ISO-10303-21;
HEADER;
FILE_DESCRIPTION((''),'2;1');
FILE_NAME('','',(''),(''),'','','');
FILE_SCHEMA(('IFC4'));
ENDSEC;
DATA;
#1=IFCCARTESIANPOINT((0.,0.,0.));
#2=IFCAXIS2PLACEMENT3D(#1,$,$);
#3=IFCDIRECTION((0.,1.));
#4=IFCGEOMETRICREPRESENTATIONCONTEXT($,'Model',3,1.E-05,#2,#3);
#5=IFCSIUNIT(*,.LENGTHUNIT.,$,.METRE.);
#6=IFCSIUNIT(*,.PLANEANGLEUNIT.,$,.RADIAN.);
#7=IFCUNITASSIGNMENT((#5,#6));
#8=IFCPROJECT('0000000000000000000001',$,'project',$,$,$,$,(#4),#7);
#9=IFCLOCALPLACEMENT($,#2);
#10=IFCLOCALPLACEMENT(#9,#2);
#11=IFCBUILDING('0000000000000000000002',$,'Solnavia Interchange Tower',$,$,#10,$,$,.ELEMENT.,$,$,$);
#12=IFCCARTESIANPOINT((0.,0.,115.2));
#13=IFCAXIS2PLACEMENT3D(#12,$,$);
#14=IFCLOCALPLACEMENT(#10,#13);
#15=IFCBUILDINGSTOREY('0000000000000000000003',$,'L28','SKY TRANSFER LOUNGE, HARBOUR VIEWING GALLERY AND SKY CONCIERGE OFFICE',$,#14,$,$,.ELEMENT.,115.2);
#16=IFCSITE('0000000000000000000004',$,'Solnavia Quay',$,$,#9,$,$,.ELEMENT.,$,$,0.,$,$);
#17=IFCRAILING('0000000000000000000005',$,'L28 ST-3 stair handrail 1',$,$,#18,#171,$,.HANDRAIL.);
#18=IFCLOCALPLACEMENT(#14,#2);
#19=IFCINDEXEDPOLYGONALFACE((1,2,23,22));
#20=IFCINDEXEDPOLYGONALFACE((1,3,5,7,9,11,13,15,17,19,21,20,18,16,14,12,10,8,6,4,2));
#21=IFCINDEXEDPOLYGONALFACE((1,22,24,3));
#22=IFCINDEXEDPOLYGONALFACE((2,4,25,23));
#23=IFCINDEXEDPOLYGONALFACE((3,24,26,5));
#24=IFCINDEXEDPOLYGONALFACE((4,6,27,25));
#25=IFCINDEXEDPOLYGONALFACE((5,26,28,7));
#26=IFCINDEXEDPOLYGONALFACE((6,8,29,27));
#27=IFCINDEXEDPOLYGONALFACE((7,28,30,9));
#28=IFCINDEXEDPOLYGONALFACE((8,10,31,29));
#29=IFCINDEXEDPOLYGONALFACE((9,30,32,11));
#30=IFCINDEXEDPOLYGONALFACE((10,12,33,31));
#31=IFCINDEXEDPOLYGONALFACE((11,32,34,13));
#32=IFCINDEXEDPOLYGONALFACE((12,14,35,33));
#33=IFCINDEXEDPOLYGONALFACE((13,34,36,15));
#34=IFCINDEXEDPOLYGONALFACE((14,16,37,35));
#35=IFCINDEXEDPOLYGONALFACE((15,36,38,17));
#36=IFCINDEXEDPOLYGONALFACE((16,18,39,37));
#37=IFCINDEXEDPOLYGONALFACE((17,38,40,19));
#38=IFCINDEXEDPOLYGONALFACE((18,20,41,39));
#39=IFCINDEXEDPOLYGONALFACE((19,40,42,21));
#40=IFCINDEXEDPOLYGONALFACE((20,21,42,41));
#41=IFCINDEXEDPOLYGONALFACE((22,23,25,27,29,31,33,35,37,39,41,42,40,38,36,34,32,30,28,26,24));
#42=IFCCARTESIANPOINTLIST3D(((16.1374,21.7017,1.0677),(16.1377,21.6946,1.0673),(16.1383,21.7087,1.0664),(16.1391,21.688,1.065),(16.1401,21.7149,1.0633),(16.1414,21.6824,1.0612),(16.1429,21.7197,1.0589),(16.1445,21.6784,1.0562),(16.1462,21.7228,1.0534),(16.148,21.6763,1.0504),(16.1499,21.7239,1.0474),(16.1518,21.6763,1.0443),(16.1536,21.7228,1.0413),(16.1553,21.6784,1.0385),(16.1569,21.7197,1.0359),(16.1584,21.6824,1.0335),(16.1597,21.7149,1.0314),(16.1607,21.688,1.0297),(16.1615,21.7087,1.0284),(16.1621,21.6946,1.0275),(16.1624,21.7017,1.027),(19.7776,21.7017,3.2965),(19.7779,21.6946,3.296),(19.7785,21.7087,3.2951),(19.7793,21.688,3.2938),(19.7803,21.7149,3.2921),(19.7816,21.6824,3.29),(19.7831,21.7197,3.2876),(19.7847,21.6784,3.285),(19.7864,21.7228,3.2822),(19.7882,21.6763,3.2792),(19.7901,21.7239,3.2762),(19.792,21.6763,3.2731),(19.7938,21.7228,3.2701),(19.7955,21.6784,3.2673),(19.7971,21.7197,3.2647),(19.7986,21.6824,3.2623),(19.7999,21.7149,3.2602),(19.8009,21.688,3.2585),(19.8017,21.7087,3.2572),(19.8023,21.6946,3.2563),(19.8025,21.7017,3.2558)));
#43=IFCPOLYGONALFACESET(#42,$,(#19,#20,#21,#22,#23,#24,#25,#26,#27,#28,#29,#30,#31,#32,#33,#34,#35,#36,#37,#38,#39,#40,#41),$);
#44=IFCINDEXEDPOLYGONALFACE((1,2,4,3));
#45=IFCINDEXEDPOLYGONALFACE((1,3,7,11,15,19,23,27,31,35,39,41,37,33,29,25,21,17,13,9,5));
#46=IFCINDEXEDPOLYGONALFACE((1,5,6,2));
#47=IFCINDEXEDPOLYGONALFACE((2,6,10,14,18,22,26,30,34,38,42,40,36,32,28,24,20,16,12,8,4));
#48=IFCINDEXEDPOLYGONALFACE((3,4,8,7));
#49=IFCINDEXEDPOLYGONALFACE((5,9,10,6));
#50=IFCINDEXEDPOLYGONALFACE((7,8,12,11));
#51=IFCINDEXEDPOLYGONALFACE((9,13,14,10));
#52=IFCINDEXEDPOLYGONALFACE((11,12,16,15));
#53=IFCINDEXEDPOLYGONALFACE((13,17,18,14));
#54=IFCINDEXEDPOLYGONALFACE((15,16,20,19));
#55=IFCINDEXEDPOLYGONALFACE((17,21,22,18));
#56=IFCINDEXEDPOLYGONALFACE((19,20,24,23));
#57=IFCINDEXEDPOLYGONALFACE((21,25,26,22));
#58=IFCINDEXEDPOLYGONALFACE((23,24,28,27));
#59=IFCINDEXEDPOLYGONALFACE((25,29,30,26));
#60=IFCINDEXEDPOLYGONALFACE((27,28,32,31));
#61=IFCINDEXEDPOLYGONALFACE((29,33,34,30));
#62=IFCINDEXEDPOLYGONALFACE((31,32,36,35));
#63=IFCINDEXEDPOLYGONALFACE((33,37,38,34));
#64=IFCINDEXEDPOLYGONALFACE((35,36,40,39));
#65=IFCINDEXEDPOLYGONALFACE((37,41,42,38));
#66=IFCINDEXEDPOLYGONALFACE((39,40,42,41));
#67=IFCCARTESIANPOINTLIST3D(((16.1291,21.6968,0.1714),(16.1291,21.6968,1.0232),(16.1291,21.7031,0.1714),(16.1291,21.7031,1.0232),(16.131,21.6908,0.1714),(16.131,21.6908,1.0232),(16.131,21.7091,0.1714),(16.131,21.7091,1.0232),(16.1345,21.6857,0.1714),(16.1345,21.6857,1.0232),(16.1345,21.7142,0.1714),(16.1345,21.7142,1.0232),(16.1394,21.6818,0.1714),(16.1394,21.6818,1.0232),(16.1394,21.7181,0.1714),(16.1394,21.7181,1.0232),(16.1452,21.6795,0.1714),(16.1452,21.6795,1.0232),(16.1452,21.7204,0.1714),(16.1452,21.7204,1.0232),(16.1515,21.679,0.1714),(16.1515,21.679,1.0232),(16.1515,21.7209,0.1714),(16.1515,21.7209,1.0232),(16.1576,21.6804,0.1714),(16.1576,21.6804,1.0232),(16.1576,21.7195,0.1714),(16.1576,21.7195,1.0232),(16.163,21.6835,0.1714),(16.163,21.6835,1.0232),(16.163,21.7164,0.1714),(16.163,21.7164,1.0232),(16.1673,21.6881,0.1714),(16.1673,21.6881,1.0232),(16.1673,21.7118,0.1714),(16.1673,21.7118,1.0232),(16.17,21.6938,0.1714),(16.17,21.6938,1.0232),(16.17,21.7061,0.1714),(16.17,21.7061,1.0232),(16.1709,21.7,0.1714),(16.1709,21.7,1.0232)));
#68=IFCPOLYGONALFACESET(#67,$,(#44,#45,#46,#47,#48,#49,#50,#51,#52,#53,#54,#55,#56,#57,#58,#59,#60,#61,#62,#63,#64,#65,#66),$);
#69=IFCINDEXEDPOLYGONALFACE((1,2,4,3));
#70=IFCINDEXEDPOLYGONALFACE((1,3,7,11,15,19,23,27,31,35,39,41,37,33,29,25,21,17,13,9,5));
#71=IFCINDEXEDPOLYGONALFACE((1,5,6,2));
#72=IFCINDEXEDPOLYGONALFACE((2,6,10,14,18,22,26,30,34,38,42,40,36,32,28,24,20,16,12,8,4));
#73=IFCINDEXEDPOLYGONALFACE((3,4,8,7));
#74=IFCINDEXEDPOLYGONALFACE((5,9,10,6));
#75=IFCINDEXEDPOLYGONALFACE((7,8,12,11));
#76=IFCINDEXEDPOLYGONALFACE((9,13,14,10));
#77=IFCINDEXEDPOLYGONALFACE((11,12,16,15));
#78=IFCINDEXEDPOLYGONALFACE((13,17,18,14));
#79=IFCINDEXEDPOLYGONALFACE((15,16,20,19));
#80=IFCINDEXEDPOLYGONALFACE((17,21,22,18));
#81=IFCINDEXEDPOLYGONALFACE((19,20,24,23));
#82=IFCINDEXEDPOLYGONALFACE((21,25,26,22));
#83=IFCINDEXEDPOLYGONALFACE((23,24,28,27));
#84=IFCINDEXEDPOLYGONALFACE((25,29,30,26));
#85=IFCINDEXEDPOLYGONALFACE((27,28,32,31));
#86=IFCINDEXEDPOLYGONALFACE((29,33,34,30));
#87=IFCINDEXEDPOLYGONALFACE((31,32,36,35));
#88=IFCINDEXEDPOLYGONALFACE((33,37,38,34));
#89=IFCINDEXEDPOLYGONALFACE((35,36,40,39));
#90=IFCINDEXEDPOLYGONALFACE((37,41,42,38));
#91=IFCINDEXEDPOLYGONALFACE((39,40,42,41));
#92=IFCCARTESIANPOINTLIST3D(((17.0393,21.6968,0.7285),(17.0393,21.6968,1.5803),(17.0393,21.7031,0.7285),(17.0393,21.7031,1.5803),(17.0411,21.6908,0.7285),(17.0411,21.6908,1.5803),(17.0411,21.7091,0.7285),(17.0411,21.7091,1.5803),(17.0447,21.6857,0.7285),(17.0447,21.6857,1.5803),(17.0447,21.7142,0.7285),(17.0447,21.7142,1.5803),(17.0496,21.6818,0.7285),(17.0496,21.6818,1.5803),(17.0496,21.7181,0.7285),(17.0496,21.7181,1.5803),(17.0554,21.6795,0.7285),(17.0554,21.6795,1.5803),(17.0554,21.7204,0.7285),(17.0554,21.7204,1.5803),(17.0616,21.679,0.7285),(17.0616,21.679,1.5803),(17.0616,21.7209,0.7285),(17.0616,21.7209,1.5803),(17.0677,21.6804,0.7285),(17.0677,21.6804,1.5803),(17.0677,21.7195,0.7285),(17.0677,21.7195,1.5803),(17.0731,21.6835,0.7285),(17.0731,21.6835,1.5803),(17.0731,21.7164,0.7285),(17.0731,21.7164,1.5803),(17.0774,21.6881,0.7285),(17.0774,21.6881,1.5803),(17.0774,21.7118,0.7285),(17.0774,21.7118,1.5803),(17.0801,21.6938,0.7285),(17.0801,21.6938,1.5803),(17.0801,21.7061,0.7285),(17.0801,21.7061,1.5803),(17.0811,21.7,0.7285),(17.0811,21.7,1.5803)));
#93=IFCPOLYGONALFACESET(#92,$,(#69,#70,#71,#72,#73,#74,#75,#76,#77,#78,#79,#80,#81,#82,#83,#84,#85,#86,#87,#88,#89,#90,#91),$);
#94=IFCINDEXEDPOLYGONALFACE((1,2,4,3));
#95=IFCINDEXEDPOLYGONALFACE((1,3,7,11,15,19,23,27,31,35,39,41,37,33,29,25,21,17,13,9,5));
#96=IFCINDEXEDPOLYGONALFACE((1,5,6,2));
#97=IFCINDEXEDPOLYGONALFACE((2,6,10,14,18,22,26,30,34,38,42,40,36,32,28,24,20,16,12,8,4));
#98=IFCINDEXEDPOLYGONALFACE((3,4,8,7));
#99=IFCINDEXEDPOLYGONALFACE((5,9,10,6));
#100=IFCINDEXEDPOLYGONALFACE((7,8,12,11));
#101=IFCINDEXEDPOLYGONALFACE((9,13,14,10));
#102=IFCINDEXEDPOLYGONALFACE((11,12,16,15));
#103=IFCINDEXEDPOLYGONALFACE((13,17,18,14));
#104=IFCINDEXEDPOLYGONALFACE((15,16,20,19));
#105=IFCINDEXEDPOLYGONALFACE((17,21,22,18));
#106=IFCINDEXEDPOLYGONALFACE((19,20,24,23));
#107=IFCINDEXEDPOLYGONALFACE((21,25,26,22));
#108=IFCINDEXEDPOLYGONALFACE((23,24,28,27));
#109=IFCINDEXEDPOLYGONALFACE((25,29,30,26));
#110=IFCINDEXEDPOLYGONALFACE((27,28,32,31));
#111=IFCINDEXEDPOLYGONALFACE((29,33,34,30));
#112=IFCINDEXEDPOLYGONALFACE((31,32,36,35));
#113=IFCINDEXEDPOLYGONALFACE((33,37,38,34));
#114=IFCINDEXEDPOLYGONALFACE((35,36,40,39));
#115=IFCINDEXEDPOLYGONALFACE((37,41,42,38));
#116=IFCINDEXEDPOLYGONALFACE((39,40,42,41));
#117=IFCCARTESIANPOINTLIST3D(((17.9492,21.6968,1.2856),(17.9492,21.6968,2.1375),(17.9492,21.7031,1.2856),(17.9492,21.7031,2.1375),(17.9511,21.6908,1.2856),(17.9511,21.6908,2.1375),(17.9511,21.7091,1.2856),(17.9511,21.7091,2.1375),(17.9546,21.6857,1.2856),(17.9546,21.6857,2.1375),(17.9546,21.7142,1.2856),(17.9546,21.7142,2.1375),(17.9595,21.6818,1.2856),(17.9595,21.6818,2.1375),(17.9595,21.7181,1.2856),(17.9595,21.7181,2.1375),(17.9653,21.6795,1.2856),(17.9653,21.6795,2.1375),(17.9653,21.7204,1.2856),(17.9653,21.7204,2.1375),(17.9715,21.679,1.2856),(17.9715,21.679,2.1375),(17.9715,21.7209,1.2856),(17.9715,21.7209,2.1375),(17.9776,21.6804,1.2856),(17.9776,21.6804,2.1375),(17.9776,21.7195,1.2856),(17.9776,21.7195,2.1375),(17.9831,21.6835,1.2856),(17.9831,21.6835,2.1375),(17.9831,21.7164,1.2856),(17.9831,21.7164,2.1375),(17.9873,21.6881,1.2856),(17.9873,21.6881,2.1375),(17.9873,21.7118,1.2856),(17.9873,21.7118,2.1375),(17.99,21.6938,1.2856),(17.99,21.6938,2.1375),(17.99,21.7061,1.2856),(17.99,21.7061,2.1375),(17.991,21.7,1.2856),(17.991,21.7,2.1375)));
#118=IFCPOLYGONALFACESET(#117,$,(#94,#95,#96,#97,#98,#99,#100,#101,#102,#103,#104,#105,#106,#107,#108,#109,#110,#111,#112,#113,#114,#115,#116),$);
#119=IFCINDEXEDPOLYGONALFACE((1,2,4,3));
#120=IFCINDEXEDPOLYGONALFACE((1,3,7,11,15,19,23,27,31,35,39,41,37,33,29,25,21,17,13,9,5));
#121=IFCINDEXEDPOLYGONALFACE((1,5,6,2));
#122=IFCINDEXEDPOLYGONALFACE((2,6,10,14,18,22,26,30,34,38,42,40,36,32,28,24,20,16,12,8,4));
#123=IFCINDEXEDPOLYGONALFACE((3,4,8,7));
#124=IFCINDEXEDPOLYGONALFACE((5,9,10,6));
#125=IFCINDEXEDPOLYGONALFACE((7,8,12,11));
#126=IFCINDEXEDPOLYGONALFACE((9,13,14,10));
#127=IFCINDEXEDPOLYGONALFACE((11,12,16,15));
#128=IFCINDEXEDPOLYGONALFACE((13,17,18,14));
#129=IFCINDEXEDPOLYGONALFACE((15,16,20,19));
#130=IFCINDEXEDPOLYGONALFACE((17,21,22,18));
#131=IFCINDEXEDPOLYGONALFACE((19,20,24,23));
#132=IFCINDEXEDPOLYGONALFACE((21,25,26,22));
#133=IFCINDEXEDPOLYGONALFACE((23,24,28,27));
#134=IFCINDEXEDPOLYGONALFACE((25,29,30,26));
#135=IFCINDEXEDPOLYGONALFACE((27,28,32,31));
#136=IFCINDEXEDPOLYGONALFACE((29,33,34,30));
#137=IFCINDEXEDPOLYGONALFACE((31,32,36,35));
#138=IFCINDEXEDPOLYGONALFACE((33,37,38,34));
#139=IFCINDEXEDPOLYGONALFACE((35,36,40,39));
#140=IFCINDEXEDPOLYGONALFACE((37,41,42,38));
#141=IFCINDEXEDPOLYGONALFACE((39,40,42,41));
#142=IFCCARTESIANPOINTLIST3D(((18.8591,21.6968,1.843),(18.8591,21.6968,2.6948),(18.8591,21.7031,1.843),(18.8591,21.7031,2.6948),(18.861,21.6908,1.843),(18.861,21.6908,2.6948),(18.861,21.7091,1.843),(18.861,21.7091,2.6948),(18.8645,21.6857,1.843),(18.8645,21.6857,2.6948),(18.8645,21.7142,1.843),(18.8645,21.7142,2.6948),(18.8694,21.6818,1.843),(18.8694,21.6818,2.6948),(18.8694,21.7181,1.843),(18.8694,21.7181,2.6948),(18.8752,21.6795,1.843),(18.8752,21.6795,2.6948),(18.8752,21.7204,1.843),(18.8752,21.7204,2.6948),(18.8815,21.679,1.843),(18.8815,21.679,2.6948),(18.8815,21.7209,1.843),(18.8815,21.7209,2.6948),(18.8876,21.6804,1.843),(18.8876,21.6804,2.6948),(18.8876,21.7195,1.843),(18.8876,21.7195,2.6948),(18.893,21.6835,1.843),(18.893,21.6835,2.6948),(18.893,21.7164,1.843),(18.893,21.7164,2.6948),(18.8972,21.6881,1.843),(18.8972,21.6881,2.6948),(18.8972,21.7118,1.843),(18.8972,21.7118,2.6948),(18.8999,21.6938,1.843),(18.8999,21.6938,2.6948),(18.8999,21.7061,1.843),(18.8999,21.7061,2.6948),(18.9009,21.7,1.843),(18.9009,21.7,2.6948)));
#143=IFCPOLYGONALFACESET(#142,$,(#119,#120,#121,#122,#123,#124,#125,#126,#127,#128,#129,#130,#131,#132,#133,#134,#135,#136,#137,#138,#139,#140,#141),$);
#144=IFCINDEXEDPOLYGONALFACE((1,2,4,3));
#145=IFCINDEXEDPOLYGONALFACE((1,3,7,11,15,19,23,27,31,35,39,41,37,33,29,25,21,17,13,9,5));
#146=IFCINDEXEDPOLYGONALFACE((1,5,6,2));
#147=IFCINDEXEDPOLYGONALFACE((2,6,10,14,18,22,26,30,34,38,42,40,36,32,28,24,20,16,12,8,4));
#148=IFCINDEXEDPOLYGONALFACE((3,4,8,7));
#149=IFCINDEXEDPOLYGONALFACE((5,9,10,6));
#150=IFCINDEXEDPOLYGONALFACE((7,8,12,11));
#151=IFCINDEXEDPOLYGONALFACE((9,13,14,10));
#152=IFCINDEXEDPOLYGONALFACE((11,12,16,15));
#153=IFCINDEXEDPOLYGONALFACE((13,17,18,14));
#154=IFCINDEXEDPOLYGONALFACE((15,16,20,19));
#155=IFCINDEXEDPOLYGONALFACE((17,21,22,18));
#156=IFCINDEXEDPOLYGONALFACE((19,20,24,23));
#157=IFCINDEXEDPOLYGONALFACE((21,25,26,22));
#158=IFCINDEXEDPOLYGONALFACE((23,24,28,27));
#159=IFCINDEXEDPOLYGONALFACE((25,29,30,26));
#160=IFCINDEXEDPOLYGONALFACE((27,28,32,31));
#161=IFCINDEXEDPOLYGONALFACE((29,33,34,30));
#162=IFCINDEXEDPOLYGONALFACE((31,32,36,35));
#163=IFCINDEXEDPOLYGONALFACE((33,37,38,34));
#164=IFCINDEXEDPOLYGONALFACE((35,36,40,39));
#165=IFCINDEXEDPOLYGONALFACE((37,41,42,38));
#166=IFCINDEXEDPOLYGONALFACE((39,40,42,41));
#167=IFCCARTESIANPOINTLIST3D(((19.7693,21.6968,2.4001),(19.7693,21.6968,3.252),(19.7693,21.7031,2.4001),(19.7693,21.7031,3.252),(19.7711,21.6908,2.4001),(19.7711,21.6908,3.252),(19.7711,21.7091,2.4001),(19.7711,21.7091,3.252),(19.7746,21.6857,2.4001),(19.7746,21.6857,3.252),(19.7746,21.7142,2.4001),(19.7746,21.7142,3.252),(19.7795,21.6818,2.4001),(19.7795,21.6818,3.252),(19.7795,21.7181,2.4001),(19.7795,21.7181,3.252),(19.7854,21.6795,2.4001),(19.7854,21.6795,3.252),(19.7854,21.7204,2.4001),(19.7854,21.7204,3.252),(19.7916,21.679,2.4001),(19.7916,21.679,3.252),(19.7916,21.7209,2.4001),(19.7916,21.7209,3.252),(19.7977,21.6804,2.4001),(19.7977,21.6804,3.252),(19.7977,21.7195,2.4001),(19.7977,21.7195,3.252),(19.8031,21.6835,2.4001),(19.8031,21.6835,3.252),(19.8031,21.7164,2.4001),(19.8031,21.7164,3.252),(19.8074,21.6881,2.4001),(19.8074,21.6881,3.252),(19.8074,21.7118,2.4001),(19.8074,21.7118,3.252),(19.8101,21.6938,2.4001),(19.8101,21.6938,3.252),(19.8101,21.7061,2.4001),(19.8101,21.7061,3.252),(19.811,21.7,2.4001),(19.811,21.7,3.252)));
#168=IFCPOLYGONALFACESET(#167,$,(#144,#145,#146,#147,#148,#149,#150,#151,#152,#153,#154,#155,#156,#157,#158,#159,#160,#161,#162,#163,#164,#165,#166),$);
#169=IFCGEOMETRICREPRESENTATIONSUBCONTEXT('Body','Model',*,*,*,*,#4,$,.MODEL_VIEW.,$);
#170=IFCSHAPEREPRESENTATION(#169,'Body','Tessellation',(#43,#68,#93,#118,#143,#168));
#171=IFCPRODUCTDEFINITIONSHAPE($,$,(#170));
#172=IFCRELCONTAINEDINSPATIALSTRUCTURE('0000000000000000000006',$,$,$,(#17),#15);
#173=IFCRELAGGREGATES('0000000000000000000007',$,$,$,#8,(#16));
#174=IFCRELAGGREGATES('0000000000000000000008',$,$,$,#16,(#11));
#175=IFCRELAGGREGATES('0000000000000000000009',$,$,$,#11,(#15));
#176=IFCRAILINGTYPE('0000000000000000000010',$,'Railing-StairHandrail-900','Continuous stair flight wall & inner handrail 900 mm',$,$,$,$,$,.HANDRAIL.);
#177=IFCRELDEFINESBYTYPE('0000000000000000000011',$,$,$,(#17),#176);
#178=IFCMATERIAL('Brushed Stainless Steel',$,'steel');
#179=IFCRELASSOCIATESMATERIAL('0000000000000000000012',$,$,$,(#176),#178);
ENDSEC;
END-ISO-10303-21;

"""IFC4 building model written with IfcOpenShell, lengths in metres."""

from ifc_helpers import new_model, si_unit, direction, frame, origin, origin_2d, place, context, subcontext, project, spatial, circle, extrude, material, type_object, element, save


model = new_model("IFC4")

# Units and contexts
model_context = context("Model", 3, precision=1e-05, world=origin(), true_north=direction((0.0, 1.0)))
body_context = subcontext(model_context, "Body", "Model", "MODEL_VIEW")
ifc_project = project(units=[si_unit("LENGTHUNIT", "METRE"), si_unit("PLANEANGLEUNIT", "RADIAN")], contexts=[model_context])

# Site, building, storey
site_placement = place(None, origin())
site = spatial("IfcSite", under=ifc_project, at=site_placement, Name="Solnavia Quay", CompositionType="ELEMENT", RefElevation=0.0)
building_placement = place(site_placement, origin())
building = spatial("IfcBuilding", under=site, at=building_placement, Name="Solnavia Interchange Tower", CompositionType="ELEMENT")
storey_placement = place(building_placement, frame((0.0, 0.0, 115.2)))
storey = spatial("IfcBuildingStorey", under=building, at=storey_placement, Name="L28", Description="SKY TRANSFER LOUNGE, HARBOUR VIEWING GALLERY AND SKY CONCIERGE OFFICE", CompositionType="ELEMENT", Elevation=115.2)

# Railing
ifc_material_1 = material(Name="Brushed Stainless Steel", Category="steel")
railing_type_1 = type_object("IfcRailingType", Name="Railing-StairHandrail-900", Description="Continuous stair flight wall & inner handrail 900 mm", PredefinedType="HANDRAIL", material=ifc_material_1)
railing_1_placement = place(storey_placement, frame((16.1499, 21.7, 0.1714)))
element("IfcRailing", 1, at=railing_1_placement, inside=storey, type_object=railing_type_1, Name="L28 ST-3 stair handrail 1", PredefinedType="HANDRAIL", context=body_context, shape_type="SweptSolid", body=[
    extrude(circle(Radius=0.0239, at=origin_2d()), frame((0.0, 0.0, 0.876), z_axis=(0.85284, 0.0, 0.522172), x_axis=(0.0, 1.0, 0.0)), (0.0, 0.0, 1.0), 4.2683),
    extrude(circle(Radius=0.021, at=origin_2d()), origin(), (0.0, 0.0, 1.0), 0.8518),
    extrude(circle(Radius=0.021, at=origin_2d()), frame((0.9102, 0.0, 0.5571)), (0.0, 0.0, 1.0), 0.8518),
    extrude(circle(Radius=0.021, at=origin_2d()), frame((1.8201, 0.0, 1.1143)), (0.0, 0.0, 1.0), 0.8518),
    extrude(circle(Radius=0.021, at=origin_2d()), frame((2.73, 0.0, 1.6716)), (0.0, 0.0, 1.0), 0.8518),
    extrude(circle(Radius=0.021, at=origin_2d()), frame((3.6401, 0.0, 2.2288)), (0.0, 0.0, 1.0), 0.8518),
])

save(model, "model.ifc")
